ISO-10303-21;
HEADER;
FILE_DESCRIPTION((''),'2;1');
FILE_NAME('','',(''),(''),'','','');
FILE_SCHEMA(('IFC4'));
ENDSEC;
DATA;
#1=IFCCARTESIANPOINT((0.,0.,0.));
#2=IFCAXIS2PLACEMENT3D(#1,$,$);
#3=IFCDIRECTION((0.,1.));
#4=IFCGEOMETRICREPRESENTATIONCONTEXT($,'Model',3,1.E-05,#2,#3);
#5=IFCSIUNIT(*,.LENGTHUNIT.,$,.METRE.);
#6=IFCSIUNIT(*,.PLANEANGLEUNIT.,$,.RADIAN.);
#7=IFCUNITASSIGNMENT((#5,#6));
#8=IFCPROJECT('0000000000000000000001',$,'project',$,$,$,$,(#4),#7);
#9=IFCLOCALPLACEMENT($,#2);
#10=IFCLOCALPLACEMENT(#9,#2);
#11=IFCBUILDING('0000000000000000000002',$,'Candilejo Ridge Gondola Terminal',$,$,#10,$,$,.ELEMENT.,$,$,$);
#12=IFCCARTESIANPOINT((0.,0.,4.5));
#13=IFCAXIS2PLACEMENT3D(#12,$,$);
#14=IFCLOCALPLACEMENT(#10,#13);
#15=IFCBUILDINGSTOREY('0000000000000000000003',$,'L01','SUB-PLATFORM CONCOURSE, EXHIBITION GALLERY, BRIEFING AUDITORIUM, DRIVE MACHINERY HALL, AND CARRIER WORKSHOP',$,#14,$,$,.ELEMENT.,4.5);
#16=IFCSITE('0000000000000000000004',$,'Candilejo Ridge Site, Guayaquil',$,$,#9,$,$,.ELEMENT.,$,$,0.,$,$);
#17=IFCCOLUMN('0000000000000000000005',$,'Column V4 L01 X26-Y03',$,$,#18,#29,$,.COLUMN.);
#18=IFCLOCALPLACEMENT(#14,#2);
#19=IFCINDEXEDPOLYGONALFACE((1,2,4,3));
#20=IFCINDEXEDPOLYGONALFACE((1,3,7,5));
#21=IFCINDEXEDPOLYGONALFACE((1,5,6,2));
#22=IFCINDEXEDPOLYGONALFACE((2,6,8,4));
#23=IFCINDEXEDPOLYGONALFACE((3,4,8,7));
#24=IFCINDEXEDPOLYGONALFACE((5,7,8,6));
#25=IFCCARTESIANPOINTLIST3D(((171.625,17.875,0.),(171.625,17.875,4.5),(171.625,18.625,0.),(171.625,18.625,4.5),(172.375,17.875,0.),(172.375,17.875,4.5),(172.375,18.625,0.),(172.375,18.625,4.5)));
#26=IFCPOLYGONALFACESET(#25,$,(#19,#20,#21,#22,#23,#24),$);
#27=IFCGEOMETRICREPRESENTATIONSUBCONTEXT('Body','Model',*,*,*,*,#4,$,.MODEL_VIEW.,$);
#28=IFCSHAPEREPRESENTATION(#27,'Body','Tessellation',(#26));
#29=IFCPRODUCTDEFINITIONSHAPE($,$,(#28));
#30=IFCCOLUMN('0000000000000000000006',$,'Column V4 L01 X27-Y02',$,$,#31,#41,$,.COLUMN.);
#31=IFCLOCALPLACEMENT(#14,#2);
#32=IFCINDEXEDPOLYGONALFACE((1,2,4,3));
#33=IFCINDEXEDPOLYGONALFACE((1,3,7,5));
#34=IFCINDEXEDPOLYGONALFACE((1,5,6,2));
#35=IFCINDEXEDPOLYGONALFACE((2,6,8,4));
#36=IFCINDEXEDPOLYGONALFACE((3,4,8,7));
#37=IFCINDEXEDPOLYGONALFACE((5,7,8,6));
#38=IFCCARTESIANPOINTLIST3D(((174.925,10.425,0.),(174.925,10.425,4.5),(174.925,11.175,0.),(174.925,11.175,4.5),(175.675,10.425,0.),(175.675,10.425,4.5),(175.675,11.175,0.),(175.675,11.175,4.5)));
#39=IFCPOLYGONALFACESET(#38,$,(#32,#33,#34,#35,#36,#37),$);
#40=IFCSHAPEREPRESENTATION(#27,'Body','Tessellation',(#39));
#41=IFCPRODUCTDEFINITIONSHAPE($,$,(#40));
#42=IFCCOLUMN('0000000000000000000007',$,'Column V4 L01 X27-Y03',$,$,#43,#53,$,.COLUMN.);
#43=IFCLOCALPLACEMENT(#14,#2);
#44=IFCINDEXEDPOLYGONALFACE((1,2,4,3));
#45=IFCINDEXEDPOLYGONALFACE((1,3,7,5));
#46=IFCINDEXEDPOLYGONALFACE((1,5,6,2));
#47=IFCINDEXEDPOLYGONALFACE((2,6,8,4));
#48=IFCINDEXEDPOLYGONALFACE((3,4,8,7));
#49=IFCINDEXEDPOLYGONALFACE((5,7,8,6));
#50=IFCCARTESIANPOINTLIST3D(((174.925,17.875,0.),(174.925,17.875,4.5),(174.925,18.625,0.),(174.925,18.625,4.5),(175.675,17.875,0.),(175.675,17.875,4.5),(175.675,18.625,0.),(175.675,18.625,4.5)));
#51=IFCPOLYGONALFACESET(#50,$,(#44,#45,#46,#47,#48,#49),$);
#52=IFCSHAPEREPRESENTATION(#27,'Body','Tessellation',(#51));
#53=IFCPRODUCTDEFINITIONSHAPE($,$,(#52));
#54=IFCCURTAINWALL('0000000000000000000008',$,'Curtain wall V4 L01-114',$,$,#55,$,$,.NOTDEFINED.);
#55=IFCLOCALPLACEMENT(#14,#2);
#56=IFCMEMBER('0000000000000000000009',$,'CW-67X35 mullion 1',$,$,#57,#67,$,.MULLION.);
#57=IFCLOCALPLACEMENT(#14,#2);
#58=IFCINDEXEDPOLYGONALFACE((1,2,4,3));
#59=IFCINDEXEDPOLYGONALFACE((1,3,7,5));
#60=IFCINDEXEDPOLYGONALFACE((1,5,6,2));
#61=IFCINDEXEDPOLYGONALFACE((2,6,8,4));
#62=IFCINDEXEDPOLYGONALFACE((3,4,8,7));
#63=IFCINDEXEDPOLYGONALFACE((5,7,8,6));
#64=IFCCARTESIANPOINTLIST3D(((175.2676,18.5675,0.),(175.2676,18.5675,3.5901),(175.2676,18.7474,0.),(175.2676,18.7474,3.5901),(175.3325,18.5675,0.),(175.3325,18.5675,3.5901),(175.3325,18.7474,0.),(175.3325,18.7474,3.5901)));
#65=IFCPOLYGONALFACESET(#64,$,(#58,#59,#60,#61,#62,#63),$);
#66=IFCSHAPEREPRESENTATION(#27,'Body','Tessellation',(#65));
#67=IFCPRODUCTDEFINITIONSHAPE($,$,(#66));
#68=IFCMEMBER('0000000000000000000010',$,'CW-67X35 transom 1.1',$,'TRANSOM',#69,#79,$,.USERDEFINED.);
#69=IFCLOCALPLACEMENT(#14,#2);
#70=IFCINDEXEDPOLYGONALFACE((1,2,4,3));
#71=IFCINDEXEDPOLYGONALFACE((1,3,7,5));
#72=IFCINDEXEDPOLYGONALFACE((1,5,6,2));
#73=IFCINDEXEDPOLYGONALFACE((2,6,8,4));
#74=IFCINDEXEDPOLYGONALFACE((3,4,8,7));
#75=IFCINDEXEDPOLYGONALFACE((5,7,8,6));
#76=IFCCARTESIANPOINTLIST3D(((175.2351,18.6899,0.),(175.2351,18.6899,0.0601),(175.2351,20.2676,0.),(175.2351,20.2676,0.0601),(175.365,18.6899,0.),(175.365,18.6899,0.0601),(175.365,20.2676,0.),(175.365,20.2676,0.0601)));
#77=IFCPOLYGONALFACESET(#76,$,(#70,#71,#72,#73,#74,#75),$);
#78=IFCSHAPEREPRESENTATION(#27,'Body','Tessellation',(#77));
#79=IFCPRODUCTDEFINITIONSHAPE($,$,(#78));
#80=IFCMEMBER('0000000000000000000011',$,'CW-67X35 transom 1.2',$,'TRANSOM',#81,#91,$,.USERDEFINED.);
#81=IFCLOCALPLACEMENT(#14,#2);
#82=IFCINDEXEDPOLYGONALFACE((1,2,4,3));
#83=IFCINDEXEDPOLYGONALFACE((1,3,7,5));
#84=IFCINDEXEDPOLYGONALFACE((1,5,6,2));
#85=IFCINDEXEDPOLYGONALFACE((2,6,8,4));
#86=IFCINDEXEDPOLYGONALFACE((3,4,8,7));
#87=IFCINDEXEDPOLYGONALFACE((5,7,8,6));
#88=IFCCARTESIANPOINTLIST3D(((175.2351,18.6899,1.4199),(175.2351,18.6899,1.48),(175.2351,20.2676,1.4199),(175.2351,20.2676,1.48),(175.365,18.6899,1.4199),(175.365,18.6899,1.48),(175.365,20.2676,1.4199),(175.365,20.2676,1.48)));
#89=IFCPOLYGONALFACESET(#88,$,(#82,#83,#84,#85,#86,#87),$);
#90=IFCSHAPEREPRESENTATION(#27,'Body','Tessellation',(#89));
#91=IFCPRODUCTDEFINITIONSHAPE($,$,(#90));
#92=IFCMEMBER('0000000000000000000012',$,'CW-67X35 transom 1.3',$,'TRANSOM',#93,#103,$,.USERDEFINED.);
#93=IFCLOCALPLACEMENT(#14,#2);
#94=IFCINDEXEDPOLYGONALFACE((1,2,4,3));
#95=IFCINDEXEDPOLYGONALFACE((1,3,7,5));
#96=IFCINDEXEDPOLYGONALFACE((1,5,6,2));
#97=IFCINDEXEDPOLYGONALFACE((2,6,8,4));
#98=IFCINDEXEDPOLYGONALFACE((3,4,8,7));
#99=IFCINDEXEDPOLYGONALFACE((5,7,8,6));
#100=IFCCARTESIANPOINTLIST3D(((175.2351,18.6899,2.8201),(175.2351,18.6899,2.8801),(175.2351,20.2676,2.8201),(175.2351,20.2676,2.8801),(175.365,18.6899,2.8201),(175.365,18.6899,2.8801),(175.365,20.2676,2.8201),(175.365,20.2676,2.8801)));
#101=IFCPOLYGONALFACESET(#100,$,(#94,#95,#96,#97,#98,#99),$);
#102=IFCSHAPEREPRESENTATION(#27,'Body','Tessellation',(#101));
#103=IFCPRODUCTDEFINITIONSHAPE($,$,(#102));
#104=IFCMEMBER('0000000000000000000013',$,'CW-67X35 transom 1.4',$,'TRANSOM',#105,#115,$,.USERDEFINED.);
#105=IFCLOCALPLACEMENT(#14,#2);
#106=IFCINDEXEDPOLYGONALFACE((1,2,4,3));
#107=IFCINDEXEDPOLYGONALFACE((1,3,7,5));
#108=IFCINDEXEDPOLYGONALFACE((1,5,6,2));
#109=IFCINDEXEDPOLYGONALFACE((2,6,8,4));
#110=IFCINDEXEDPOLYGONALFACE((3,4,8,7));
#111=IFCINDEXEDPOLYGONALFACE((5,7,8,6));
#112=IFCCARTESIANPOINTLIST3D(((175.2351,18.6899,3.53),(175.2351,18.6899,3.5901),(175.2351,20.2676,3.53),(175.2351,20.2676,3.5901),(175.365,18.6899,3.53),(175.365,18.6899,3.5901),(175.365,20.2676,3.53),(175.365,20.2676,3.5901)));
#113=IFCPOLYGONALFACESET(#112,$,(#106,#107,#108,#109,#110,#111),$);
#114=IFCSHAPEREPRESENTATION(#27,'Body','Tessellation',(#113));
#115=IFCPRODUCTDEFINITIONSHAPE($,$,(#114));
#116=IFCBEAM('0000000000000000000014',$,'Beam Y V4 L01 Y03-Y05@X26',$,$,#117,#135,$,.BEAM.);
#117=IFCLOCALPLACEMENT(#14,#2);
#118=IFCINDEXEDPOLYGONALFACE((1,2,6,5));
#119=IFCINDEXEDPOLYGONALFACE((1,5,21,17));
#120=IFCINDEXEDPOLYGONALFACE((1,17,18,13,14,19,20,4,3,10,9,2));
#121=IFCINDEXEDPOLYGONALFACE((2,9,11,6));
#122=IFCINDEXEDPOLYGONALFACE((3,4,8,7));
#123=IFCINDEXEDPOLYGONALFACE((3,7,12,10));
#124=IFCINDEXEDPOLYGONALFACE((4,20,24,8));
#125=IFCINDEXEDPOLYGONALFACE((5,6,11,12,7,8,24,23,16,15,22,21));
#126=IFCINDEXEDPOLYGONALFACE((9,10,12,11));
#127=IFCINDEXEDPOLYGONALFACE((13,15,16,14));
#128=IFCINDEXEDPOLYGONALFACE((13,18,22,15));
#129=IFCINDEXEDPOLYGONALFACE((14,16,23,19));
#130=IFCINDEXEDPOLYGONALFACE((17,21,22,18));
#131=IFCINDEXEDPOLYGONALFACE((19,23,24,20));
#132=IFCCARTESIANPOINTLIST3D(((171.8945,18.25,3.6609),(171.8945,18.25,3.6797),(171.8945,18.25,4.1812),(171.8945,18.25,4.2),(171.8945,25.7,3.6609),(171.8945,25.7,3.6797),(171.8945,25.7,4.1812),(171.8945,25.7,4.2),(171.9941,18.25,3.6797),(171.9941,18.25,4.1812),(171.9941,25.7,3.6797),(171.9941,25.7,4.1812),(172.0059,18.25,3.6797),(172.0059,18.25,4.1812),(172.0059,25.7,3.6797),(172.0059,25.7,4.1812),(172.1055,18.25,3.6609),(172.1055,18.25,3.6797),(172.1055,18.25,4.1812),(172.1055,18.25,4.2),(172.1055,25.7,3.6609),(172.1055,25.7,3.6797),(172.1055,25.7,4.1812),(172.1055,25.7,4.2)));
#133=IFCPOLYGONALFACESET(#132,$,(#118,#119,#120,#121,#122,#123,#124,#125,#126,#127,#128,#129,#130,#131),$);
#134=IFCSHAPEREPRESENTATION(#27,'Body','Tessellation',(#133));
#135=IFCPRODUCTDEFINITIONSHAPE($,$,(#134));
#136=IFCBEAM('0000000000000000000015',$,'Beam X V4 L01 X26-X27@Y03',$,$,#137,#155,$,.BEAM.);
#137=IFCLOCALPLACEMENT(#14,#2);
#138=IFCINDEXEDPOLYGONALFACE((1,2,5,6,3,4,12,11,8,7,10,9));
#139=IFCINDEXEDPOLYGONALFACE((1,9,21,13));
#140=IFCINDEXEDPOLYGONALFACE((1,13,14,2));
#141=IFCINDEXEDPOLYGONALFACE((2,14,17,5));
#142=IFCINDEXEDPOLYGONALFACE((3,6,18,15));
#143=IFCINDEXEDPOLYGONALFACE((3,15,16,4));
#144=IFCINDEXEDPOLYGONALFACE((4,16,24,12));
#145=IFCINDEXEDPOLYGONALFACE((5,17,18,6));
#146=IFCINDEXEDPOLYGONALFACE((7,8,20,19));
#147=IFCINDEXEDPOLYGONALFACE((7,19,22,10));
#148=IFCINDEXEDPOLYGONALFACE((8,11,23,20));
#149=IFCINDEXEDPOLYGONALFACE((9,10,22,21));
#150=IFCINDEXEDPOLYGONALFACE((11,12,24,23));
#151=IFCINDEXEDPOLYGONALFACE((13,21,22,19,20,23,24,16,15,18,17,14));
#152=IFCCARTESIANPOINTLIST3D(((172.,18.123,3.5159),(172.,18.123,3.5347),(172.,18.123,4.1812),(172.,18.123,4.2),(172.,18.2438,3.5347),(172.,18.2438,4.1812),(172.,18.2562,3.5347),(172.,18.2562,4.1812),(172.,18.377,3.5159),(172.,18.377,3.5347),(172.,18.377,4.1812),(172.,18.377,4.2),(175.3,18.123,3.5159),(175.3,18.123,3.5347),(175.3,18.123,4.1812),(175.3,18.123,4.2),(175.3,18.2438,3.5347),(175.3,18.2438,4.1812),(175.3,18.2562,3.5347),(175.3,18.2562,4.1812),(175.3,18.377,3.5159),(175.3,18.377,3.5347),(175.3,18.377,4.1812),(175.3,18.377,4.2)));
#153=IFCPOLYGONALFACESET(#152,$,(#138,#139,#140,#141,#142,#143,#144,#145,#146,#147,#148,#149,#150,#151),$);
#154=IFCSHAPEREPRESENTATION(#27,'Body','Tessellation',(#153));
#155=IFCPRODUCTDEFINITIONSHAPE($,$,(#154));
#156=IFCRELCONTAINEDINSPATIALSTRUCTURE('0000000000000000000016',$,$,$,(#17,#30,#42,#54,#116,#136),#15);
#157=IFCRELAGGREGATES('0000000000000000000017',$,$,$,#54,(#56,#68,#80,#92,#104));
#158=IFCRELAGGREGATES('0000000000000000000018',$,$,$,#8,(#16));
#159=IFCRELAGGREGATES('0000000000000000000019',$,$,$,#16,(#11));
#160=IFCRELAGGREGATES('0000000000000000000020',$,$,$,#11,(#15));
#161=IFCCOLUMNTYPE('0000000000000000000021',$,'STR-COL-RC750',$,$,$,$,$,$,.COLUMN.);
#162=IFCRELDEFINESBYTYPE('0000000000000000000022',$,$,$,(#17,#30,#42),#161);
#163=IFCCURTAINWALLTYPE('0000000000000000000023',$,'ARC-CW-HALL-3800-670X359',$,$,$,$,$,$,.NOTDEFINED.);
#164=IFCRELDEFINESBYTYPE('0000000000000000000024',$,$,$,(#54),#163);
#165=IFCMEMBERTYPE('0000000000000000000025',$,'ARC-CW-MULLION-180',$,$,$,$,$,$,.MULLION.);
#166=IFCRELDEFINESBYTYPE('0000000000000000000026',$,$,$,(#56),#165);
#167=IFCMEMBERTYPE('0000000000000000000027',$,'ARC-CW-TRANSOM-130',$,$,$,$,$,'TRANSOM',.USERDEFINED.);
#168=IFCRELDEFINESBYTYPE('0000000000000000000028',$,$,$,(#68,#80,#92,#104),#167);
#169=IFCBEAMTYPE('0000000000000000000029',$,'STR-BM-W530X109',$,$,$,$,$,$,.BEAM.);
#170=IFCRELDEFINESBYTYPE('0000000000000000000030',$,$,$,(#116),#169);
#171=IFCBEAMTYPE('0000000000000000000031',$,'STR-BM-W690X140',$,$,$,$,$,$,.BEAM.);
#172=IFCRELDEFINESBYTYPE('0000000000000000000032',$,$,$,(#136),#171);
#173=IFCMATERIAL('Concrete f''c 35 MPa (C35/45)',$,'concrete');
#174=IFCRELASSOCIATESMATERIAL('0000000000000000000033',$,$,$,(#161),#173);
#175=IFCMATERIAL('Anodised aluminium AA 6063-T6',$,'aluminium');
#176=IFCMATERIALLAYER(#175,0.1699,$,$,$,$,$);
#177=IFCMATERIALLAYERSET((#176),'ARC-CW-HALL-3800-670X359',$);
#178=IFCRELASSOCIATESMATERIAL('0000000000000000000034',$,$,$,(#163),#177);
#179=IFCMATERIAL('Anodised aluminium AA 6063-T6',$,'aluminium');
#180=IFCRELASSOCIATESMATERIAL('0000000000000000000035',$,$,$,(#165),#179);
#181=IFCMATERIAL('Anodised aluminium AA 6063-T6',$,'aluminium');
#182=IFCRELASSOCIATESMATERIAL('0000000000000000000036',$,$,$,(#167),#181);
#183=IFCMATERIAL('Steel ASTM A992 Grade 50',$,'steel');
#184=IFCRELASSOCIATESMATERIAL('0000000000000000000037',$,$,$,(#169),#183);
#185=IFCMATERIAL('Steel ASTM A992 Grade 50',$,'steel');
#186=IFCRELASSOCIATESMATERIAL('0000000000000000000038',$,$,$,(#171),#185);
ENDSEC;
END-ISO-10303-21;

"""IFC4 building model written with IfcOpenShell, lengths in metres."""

from ifc_helpers import new_model, si_unit, direction, frame, origin, origin_2d, place, context, subcontext, project, spatial, rectangle, i_section, extrude, material, layer, layer_set, material_profile, profile_set, type_object, element, aggregate, save


model = new_model("IFC4")

# Units and contexts
model_context = context("Model", 3, precision=1e-05, world=origin(), true_north=direction((0.0, 1.0)))
body_context = subcontext(model_context, "Body", "Model", "MODEL_VIEW")
ifc_project = project(units=[si_unit("LENGTHUNIT", "METRE"), si_unit("PLANEANGLEUNIT", "RADIAN")], contexts=[model_context])

# Site, building, storey
site_placement = place(None, origin())
site = spatial("IfcSite", under=ifc_project, at=site_placement, Name="Candilejo Ridge Site, Guayaquil", CompositionType="ELEMENT", RefElevation=0.0)
building_placement = place(site_placement, origin())
building = spatial("IfcBuilding", under=site, at=building_placement, Name="Candilejo Ridge Gondola Terminal", CompositionType="ELEMENT")
storey_placement = place(building_placement, frame((0.0, 0.0, 4.5)))
storey = spatial("IfcBuildingStorey", under=building, at=storey_placement, Name="L01", Description="SUB-PLATFORM CONCOURSE, EXHIBITION GALLERY, BRIEFING AUDITORIUM, DRIVE MACHINERY HALL, AND CARRIER WORKSHOP", CompositionType="ELEMENT", Elevation=4.5)

# Columns
ifc_material_1 = material(Name="Concrete f'c 35 MPa (C35/45)", Category="concrete")
ifc_material_profile_1 = material_profile(ifc_material_1, rectangle(XDim=0.75, YDim=0.75, at=origin_2d()))
ifc_profile_set_1 = profile_set([ifc_material_profile_1], Name="Concrete f'c 35 MPa (C35/45)")
column_type = type_object("IfcColumnType", Name="STR-COL-RC750", PredefinedType="COLUMN", material=ifc_profile_set_1)
for number, where, z_axis, x_axis, name in (
    (1, (172.0, 18.25, 0.0), (0.0, 0.0, 1.0), (1.0, 0.0, 0.0), "Column V4 L01 X26-Y03"),
    (2, (175.3, 10.8, 0.0), (0.0, 0.0, 1.0), (1.0, 0.0, 0.0), "Column V4 L01 X27-Y02"),
    (3, (175.3, 18.25, 0.0), (0.0, 0.0, 1.0), (1.0, 0.0, 0.0), "Column V4 L01 X27-Y03"),
):
    element("IfcColumn", number, at=place(storey_placement, frame(where, z_axis=z_axis, x_axis=x_axis)), inside=storey, type_object=column_type, Name=name, PredefinedType="COLUMN", context=body_context, shape_type="SweptSolid", body=[
        extrude(rectangle(XDim=0.75, YDim=0.75, at=origin_2d()), origin(), (0.0, 0.0, 1.0), 4.5),
    ])

# Curtain wall, members
ifc_material_2 = material(Name="Anodised aluminium AA 6063-T6", Category="aluminium")
ifc_layer_1 = layer(ifc_material_2, 0.1699)
ifc_layer_set_1 = layer_set([ifc_layer_1], Name="ARC-CW-HALL-3800-670X359")
curtain_wall_type = type_object("IfcCurtainWallType", Name="ARC-CW-HALL-3800-670X359", PredefinedType="NOTDEFINED", material=ifc_layer_set_1)
curtain_wall_placement = place(storey_placement, origin())
curtain_wall = element("IfcCurtainWall", 4, at=curtain_wall_placement, inside=storey, type_object=curtain_wall_type, Name="Curtain wall V4 L01-114", PredefinedType="NOTDEFINED")
ifc_material_3 = material(Name="Anodised aluminium AA 6063-T6", Category="aluminium")
ifc_material_profile_2 = material_profile(ifc_material_3, rectangle(XDim=0.0649, YDim=0.1799, at=origin_2d()))
ifc_profile_set_2 = profile_set([ifc_material_profile_2], Name="Anodised aluminium AA 6063-T6")
member_type_1 = type_object("IfcMemberType", Name="ARC-CW-MULLION-180", PredefinedType="MULLION", material=ifc_profile_set_2)
member_1_placement = place(storey_placement, frame((175.3, 18.6575, 0.0), z_axis=(0.0, 0.0, 1.0), x_axis=(-1.0, 0.0, 0.0)))
member_1 = element("IfcMember", 5, at=member_1_placement, type_object=member_type_1, Name="CW-67X35 mullion 1", PredefinedType="MULLION", context=body_context, shape_type="SweptSolid", body=[
    extrude(rectangle(XDim=0.0649, YDim=0.1799, at=origin_2d()), origin(), (0.0, 0.0, 1.0), 3.5901),
])
ifc_material_4 = material(Name="Anodised aluminium AA 6063-T6", Category="aluminium")
ifc_material_profile_3 = material_profile(ifc_material_4, rectangle(XDim=0.1299, YDim=0.0601, at=origin_2d()))
ifc_profile_set_3 = profile_set([ifc_material_profile_3], Name="Anodised aluminium AA 6063-T6")
member_type_2 = type_object("IfcMemberType", Name="ARC-CW-TRANSOM-130", ElementType="TRANSOM", PredefinedType="USERDEFINED", material=ifc_profile_set_3)
member_2_placement = place(storey_placement, frame((175.3, 18.6899, 0.03), z_axis=(0.0, 1.0, 0.0), x_axis=(-1.0, 0.0, 0.0)))
member_2 = element("IfcMember", 6, at=member_2_placement, type_object=member_type_2, Name="CW-67X35 transom 1.1", ObjectType="TRANSOM", PredefinedType="USERDEFINED", context=body_context, shape_type="SweptSolid", body=[
    extrude(rectangle(XDim=0.1299, YDim=0.0601, at=origin_2d()), origin(), (0.0, 0.0, 1.0), 1.5776),
])
member_3_placement = place(storey_placement, frame((175.3, 18.6899, 1.45), z_axis=(0.0, 1.0, 0.0), x_axis=(-1.0, 0.0, 0.0)))
member_3 = element("IfcMember", 7, at=member_3_placement, type_object=member_type_2, Name="CW-67X35 transom 1.2", ObjectType="TRANSOM", PredefinedType="USERDEFINED", context=body_context, shape_type="SweptSolid", body=[
    extrude(rectangle(XDim=0.1299, YDim=0.0601, at=origin_2d()), origin(), (0.0, 0.0, 1.0), 1.5776),
])
member_4_placement = place(storey_placement, frame((175.3, 18.6899, 2.8501), z_axis=(0.0, 1.0, 0.0), x_axis=(-1.0, 0.0, 0.0)))
member_4 = element("IfcMember", 8, at=member_4_placement, type_object=member_type_2, Name="CW-67X35 transom 1.3", ObjectType="TRANSOM", PredefinedType="USERDEFINED", context=body_context, shape_type="SweptSolid", body=[
    extrude(rectangle(XDim=0.1299, YDim=0.0601, at=origin_2d()), origin(), (0.0, 0.0, 1.0), 1.5776),
])
member_5_placement = place(storey_placement, frame((175.3, 18.6899, 3.5601), z_axis=(0.0, 1.0, 0.0), x_axis=(-1.0, 0.0, 0.0)))
member_5 = element("IfcMember", 9, at=member_5_placement, type_object=member_type_2, Name="CW-67X35 transom 1.4", ObjectType="TRANSOM", PredefinedType="USERDEFINED", context=body_context, shape_type="SweptSolid", body=[
    extrude(rectangle(XDim=0.1299, YDim=0.0601, at=origin_2d()), origin(), (0.0, 0.0, 1.0), 1.5776),
])

# Beams
ifc_material_5 = material(Name="Steel ASTM A992 Grade 50", Category="steel")
ifc_material_profile_4 = material_profile(ifc_material_5, i_section(OverallWidth=0.2109, OverallDepth=0.5391, WebThickness=0.0117, FlangeThickness=0.0188, at=origin_2d()))
ifc_profile_set_4 = profile_set([ifc_material_profile_4], Name="Steel ASTM A992 Grade 50")
beam_type_1 = type_object("IfcBeamType", Name="STR-BM-W530X109", PredefinedType="BEAM", material=ifc_profile_set_4)
beam_1_placement = place(storey_placement, frame((172.0, 18.25, 3.9304), z_axis=(0.0, 1.0, 0.0), x_axis=(-1.0, 0.0, 0.0)))
element("IfcBeam", 10, at=beam_1_placement, inside=storey, type_object=beam_type_1, Name="Beam Y V4 L01 Y03-Y05@X26", PredefinedType="BEAM", context=body_context, shape_type="SweptSolid", body=[
    extrude(i_section(OverallWidth=0.2109, OverallDepth=0.5391, WebThickness=0.0117, FlangeThickness=0.0188, at=origin_2d()), origin(), (0.0, 0.0, 1.0), 7.45),
])
ifc_material_6 = material(Name="Steel ASTM A992 Grade 50", Category="steel")
ifc_material_profile_5 = material_profile(ifc_material_6, i_section(OverallWidth=0.2539, OverallDepth=0.6841, WebThickness=0.0125, FlangeThickness=0.0188, at=origin_2d()))
ifc_profile_set_5 = profile_set([ifc_material_profile_5], Name="Steel ASTM A992 Grade 50")
beam_type_2 = type_object("IfcBeamType", Name="STR-BM-W690X140", PredefinedType="BEAM", material=ifc_profile_set_5)
beam_2_placement = place(storey_placement, frame((172.0, 18.25, 3.8579), z_axis=(1.0, 0.0, 0.0), x_axis=(0.0, 1.0, 0.0)))
element("IfcBeam", 11, at=beam_2_placement, inside=storey, type_object=beam_type_2, Name="Beam X V4 L01 X26-X27@Y03", PredefinedType="BEAM", context=body_context, shape_type="SweptSolid", body=[
    extrude(i_section(OverallWidth=0.2539, OverallDepth=0.6841, WebThickness=0.0125, FlangeThickness=0.0188, at=origin_2d()), origin(), (0.0, 0.0, 1.0), 3.3),
])

aggregate(curtain_wall, [member_1, member_2, member_3, member_4, member_5])

save(model, "model.ifc")
